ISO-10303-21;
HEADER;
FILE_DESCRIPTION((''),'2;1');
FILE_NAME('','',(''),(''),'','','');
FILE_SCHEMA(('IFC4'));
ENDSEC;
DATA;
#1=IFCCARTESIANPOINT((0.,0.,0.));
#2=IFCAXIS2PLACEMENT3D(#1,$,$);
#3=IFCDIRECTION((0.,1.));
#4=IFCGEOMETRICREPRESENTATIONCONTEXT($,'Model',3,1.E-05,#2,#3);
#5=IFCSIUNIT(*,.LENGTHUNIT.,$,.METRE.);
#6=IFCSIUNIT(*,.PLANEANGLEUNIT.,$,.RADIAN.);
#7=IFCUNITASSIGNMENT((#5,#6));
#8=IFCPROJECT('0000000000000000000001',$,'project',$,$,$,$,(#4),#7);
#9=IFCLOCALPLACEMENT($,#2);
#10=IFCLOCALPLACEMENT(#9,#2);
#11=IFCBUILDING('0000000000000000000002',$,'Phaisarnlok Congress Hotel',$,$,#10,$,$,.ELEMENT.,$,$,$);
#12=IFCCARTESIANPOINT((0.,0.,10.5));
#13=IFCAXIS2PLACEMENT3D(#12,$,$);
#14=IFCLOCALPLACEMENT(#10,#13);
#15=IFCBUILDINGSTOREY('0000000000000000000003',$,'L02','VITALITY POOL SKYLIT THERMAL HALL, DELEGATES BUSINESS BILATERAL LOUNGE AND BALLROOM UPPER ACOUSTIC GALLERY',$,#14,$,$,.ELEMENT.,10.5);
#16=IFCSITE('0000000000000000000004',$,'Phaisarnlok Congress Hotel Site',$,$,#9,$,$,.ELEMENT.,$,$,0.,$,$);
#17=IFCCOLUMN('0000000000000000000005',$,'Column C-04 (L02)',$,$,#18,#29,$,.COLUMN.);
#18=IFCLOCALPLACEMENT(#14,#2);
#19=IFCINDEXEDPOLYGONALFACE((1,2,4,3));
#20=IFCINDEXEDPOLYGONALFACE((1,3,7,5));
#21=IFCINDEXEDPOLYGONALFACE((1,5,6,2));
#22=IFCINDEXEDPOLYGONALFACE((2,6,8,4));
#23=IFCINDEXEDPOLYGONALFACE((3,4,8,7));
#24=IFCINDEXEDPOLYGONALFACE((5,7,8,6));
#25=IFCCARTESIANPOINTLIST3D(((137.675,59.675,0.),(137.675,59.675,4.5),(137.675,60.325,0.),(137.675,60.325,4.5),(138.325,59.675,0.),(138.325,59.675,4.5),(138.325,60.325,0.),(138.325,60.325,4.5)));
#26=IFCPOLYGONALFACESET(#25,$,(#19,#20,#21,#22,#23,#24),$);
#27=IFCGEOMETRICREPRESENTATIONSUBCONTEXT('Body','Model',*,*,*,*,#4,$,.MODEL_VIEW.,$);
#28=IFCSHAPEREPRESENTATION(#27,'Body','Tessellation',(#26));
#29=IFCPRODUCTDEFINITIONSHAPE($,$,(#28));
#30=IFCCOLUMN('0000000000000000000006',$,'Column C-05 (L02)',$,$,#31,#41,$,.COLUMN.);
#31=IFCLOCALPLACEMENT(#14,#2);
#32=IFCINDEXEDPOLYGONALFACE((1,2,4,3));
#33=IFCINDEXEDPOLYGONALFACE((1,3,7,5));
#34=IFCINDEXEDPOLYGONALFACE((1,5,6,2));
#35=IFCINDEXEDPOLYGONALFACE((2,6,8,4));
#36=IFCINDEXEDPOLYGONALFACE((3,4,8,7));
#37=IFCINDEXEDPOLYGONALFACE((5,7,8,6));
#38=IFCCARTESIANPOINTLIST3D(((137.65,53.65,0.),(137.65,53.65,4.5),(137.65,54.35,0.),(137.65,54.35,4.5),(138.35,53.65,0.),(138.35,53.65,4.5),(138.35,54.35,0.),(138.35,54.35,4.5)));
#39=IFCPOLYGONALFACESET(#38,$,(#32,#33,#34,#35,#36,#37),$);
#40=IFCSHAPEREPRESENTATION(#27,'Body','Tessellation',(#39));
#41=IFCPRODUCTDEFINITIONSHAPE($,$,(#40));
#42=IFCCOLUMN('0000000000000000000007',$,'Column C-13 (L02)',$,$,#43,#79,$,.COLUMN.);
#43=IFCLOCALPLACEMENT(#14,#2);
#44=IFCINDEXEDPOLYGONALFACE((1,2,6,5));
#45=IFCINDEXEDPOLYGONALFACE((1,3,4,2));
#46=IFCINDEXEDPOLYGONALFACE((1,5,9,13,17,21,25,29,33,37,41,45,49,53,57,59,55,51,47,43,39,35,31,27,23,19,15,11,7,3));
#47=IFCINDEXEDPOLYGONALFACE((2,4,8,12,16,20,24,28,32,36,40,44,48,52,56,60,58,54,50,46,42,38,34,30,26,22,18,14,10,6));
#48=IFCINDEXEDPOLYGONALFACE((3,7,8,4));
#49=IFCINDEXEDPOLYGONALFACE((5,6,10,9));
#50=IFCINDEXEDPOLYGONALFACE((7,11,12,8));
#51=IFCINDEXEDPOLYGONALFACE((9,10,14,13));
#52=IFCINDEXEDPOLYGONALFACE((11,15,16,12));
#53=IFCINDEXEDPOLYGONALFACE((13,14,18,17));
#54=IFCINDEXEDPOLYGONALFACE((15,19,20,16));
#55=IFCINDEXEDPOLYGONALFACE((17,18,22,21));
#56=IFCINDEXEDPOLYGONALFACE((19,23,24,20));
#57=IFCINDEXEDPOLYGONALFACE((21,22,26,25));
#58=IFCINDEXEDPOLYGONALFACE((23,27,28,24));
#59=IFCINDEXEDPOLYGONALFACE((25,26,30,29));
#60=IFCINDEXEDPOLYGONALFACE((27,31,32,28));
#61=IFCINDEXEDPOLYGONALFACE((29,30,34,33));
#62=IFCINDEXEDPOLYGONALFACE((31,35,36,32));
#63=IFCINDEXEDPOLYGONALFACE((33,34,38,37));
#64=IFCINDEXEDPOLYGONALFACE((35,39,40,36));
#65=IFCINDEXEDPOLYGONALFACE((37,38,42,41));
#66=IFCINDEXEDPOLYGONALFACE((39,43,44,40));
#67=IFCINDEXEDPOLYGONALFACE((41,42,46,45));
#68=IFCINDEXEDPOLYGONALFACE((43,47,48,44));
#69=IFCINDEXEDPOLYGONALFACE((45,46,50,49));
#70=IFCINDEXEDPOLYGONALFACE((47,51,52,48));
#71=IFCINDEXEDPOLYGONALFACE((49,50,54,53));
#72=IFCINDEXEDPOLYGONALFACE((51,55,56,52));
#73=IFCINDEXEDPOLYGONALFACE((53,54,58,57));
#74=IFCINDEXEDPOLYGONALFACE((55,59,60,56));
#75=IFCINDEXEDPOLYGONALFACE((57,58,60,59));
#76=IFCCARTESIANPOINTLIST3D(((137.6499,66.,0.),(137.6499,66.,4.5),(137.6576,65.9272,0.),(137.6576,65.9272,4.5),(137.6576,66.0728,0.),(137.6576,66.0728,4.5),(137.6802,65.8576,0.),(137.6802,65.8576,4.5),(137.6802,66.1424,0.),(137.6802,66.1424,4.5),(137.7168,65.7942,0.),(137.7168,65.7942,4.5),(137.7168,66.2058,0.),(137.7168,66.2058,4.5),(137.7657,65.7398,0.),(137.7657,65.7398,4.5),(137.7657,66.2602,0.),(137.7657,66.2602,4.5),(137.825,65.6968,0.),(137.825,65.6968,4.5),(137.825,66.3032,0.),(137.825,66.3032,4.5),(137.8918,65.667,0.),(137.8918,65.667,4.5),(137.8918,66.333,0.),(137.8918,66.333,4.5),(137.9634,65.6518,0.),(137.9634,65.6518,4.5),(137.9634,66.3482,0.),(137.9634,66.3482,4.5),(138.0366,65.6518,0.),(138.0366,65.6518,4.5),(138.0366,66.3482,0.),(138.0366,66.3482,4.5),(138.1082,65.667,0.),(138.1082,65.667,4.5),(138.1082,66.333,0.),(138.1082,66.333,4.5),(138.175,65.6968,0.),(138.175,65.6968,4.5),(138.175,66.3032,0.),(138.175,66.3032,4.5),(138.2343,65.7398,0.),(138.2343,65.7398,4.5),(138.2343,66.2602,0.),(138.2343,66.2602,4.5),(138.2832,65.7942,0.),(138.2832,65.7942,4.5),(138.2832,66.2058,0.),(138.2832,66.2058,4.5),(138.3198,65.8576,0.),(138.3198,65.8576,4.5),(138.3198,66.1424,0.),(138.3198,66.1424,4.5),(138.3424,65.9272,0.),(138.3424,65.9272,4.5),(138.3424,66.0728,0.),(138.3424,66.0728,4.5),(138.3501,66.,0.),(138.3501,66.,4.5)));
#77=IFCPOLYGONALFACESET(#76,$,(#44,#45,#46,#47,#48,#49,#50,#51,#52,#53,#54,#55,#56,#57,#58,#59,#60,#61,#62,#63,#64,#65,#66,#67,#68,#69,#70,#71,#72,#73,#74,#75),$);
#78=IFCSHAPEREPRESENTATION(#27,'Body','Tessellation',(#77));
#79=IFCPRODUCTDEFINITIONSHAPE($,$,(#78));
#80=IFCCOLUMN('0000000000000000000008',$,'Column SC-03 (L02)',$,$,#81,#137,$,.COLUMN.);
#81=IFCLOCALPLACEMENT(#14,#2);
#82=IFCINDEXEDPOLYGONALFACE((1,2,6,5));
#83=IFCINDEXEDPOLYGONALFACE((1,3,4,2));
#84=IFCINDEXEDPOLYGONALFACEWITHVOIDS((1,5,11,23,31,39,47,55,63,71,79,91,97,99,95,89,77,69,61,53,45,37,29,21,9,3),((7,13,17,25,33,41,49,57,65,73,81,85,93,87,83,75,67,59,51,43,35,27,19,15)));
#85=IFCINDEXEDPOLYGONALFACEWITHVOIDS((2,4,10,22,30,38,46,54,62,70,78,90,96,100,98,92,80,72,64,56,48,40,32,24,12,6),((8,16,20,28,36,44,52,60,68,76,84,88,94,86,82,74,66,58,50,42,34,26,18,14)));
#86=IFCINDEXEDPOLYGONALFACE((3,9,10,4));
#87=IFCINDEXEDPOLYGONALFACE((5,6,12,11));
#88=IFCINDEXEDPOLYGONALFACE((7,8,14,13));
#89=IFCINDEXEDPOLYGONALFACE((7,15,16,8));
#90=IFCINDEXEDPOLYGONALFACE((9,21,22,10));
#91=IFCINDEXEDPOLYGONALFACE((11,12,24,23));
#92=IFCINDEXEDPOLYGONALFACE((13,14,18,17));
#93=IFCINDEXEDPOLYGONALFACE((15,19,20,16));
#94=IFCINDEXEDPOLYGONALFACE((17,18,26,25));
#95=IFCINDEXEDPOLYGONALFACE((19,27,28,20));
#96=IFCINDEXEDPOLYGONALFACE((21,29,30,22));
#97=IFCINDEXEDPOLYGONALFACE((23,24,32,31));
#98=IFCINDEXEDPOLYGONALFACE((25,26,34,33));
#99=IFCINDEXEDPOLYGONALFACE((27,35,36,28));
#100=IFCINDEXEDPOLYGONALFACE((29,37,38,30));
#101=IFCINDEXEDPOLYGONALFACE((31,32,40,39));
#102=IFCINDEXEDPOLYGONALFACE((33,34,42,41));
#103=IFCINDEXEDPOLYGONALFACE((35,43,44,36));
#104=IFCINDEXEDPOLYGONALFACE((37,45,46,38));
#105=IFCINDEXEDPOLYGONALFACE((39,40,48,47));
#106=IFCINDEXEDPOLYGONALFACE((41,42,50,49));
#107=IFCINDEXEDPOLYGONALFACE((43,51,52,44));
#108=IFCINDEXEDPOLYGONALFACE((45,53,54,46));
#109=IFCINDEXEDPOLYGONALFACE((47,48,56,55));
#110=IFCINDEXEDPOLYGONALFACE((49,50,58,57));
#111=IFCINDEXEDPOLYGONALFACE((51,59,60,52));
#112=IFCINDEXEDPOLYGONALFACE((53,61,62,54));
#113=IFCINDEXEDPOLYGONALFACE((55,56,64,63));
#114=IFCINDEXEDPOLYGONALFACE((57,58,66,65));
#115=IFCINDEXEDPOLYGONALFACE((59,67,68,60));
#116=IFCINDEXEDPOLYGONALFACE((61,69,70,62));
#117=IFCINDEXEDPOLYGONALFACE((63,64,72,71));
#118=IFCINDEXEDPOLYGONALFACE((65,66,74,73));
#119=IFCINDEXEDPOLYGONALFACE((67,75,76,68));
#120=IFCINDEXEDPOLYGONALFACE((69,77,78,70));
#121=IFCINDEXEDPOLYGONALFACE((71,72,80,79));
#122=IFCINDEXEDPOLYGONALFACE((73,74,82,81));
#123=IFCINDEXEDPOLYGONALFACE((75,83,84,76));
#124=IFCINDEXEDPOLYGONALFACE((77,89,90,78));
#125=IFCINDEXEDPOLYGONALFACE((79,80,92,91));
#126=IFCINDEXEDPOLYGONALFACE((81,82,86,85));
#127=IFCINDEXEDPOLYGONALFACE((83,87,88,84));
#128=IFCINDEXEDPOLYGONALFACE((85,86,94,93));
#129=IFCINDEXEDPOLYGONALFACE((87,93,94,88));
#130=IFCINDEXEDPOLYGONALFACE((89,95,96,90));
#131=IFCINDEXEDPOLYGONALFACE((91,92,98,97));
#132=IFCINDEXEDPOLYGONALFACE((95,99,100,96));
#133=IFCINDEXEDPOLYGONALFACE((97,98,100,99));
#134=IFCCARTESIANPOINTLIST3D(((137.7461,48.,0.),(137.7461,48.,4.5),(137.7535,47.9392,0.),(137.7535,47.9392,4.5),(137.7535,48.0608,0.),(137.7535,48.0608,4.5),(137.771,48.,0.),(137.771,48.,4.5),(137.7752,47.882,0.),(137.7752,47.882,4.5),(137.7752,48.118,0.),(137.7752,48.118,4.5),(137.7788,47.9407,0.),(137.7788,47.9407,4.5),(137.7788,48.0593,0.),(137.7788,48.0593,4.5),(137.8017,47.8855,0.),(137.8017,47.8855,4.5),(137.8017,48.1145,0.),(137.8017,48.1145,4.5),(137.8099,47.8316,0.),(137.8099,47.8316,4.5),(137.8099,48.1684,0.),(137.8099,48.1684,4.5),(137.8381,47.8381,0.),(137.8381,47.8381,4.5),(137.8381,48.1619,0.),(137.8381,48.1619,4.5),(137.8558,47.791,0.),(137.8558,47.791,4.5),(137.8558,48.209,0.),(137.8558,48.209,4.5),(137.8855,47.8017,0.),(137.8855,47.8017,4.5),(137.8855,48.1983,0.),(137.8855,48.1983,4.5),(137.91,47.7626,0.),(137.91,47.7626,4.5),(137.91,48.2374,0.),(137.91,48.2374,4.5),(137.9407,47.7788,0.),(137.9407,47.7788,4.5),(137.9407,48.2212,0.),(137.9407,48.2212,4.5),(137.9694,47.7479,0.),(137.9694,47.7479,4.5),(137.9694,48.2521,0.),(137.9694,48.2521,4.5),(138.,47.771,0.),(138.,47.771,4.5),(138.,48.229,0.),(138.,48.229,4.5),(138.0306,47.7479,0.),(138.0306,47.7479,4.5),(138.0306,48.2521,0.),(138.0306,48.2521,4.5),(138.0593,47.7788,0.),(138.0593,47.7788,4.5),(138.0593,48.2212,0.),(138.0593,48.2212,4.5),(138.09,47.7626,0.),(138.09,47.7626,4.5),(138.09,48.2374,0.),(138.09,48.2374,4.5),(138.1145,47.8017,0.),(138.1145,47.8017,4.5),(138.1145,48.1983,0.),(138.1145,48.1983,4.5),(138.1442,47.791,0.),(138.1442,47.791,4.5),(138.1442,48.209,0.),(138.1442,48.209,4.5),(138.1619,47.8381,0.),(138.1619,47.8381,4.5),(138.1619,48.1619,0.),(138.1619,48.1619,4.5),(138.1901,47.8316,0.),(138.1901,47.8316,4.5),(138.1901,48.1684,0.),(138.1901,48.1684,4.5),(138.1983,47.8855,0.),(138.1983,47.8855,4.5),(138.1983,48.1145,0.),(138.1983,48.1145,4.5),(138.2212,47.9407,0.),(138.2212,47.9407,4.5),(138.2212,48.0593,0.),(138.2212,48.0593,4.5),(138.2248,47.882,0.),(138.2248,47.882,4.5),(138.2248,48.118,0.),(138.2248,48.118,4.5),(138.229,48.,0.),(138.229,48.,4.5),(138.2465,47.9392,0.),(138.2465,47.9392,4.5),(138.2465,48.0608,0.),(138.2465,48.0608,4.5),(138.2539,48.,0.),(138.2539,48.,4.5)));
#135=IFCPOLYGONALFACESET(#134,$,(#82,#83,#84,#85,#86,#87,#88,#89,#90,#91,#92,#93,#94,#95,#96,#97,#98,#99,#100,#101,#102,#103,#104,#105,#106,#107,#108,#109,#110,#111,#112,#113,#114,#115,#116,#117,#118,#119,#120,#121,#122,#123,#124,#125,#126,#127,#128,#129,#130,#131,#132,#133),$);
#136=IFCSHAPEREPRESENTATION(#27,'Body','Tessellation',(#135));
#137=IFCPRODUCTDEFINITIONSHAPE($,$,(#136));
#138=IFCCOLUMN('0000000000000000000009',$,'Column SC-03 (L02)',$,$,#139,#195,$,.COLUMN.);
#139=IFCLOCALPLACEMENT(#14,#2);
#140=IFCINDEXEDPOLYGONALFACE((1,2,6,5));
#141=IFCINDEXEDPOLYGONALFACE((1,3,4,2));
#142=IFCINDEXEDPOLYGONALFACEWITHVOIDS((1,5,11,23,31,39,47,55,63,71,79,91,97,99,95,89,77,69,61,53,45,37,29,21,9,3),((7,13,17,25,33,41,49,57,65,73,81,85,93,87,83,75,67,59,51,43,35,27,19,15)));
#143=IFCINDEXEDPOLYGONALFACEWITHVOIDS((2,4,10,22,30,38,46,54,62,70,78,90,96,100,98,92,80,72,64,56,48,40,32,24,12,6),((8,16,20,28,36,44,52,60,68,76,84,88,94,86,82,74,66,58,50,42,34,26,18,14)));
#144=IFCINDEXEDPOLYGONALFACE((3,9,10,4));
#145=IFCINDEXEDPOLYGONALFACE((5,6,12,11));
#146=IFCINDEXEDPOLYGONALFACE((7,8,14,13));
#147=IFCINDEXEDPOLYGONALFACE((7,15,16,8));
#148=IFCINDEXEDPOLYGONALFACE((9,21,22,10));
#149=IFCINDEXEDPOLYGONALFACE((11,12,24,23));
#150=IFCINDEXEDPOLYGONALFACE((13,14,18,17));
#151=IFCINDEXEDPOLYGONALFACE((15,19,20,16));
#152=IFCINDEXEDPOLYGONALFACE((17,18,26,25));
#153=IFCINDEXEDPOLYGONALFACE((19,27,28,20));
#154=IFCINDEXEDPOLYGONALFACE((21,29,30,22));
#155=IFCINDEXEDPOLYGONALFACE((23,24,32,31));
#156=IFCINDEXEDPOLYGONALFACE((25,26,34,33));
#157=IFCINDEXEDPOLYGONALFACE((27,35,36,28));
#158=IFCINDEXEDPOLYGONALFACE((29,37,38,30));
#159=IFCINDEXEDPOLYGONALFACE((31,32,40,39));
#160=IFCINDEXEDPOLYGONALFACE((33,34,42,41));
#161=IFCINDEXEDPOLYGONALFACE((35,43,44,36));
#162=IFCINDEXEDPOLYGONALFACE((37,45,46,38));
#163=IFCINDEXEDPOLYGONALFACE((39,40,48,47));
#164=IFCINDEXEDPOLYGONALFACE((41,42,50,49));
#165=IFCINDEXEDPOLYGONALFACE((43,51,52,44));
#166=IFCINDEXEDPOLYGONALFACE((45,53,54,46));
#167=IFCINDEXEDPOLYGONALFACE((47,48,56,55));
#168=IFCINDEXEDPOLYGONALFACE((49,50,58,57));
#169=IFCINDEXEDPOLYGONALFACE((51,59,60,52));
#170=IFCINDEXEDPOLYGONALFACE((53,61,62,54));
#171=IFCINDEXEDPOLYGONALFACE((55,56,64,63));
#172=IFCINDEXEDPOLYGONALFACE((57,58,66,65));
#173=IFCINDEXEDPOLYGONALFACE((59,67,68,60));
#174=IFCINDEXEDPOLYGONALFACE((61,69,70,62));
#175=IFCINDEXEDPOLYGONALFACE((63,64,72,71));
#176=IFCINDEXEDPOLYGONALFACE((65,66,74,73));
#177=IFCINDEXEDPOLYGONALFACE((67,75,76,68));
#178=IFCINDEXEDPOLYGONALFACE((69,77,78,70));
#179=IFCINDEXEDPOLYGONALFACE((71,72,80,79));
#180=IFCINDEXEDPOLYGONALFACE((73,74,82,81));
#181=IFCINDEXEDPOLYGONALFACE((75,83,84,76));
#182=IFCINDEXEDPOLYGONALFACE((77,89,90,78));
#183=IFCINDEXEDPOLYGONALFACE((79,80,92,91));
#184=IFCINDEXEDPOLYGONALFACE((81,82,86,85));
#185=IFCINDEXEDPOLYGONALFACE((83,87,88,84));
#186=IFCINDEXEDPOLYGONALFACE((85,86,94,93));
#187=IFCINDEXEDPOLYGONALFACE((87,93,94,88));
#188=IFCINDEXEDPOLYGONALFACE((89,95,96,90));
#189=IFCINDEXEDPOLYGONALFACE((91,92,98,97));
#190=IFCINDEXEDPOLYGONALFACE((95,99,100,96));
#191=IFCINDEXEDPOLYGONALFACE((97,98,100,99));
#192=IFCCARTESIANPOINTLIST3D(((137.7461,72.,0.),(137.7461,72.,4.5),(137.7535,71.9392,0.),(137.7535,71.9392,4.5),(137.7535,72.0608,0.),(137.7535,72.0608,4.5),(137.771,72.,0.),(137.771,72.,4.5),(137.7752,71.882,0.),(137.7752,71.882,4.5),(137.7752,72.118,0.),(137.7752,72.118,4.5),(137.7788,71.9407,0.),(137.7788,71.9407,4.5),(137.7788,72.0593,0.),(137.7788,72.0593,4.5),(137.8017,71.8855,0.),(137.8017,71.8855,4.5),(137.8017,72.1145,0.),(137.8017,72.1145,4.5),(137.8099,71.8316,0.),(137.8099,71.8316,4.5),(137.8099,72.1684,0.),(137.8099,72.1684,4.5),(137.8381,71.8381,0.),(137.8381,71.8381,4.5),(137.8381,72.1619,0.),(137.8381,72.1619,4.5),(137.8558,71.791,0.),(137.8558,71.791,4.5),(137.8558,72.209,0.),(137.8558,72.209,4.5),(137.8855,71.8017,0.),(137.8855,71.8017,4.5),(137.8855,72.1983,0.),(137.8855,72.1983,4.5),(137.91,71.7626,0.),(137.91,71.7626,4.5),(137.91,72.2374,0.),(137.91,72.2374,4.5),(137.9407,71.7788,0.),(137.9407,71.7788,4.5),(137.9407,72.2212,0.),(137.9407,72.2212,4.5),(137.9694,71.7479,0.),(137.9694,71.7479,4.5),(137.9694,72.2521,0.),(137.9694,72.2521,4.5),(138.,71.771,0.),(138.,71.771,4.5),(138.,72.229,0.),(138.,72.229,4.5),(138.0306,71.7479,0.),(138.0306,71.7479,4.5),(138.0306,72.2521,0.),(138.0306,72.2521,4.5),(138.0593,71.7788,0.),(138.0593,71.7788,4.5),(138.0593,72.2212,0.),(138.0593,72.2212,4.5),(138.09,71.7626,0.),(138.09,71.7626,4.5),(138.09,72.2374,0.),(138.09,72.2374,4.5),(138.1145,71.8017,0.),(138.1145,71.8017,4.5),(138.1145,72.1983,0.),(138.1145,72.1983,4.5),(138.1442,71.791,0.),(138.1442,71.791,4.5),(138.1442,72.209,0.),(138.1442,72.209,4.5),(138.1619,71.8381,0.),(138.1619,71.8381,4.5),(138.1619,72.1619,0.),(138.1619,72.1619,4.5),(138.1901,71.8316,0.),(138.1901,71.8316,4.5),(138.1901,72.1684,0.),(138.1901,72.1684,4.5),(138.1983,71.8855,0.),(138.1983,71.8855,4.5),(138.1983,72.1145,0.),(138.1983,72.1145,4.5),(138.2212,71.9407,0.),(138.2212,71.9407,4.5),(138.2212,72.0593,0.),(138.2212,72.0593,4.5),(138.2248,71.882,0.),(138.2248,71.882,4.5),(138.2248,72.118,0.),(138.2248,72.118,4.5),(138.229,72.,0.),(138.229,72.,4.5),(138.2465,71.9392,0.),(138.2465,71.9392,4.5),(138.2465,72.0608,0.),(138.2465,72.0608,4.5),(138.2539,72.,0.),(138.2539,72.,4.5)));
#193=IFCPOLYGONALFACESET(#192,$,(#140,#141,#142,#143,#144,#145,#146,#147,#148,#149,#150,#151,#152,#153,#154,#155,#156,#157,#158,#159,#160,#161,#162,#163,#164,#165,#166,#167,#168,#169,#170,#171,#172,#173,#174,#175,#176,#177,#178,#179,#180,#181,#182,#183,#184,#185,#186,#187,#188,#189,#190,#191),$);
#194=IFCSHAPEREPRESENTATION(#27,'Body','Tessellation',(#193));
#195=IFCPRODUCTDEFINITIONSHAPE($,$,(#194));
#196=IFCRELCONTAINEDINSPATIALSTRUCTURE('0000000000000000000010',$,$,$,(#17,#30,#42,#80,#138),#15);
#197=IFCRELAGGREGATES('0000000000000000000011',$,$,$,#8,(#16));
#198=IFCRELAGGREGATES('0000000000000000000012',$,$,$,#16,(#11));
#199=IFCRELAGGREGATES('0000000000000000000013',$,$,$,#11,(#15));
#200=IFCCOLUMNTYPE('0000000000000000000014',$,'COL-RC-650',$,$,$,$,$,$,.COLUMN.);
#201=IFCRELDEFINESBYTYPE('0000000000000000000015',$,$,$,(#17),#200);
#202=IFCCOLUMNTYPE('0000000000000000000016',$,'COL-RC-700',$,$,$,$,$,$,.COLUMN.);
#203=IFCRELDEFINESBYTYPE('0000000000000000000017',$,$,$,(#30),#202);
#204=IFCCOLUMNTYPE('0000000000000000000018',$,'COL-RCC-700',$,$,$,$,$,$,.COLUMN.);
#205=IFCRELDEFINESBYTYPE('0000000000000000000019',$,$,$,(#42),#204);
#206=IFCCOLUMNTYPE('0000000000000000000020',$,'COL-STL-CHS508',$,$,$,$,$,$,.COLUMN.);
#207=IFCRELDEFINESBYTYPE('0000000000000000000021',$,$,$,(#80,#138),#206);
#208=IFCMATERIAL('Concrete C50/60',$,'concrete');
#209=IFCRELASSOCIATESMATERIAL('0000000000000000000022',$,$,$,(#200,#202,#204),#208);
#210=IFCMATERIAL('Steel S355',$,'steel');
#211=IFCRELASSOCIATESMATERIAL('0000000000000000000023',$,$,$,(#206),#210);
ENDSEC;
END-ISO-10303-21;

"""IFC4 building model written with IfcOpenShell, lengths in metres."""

from ifc_helpers import new_model, si_unit, direction, frame, origin, origin_2d, place, context, subcontext, project, spatial, rectangle, circle, hollow_circle, extrude, material, material_profile, profile_set, type_object, element, save


model = new_model("IFC4")

# Units and contexts
model_context = context("Model", 3, precision=1e-05, world=origin(), true_north=direction((0.0, 1.0)))
body_context = subcontext(model_context, "Body", "Model", "MODEL_VIEW")
ifc_project = project(units=[si_unit("LENGTHUNIT", "METRE"), si_unit("PLANEANGLEUNIT", "RADIAN")], contexts=[model_context])

# Site, building, storey
site_placement = place(None, origin())
site = spatial("IfcSite", under=ifc_project, at=site_placement, Name="Phaisarnlok Congress Hotel Site", CompositionType="ELEMENT", RefElevation=0.0)
building_placement = place(site_placement, origin())
building = spatial("IfcBuilding", under=site, at=building_placement, Name="Phaisarnlok Congress Hotel", CompositionType="ELEMENT")
storey_placement = place(building_placement, frame((0.0, 0.0, 10.5)))
storey = spatial("IfcBuildingStorey", under=building, at=storey_placement, Name="L02", Description="VITALITY POOL SKYLIT THERMAL HALL, DELEGATES BUSINESS BILATERAL LOUNGE AND BALLROOM UPPER ACOUSTIC GALLERY", CompositionType="ELEMENT", Elevation=10.5)

# Columns
ifc_material_1 = material(Name="Concrete C50/60", Category="concrete")
ifc_material_profile_1 = material_profile(ifc_material_1, rectangle(XDim=0.6499, YDim=0.6499, at=origin_2d()), Name="RC 650x650")
ifc_profile_set_1 = profile_set([ifc_material_profile_1], Name="Concrete C50/60")
column_type_1 = type_object("IfcColumnType", Name="COL-RC-650", PredefinedType="COLUMN", material=ifc_profile_set_1)
column_1_placement = place(storey_placement, frame((138.0, 60.0, 0.0), z_axis=(0.0, 0.0, 1.0), x_axis=(1.0, 0.0, 0.0)))
element("IfcColumn", 1, at=column_1_placement, inside=storey, type_object=column_type_1, Name="Column C-04 (L02)", PredefinedType="COLUMN", context=body_context, shape_type="SweptSolid", body=[
    extrude(rectangle(XDim=0.6499, YDim=0.6499, at=origin_2d()), origin(), (0.0, 0.0, 1.0), 4.5),
])
ifc_material_profile_2 = material_profile(ifc_material_1, rectangle(XDim=0.7, YDim=0.7, at=origin_2d()), Name="RC 700x700")
ifc_profile_set_2 = profile_set([ifc_material_profile_2], Name="Concrete C50/60")
column_type_2 = type_object("IfcColumnType", Name="COL-RC-700", PredefinedType="COLUMN", material=ifc_profile_set_2)
column_2_placement = place(storey_placement, frame((138.0, 54.0, 0.0), z_axis=(0.0, 0.0, 1.0), x_axis=(1.0, 0.0, 0.0)))
element("IfcColumn", 2, at=column_2_placement, inside=storey, type_object=column_type_2, Name="Column C-05 (L02)", PredefinedType="COLUMN", context=body_context, shape_type="SweptSolid", body=[
    extrude(rectangle(XDim=0.7, YDim=0.7, at=origin_2d()), origin(), (0.0, 0.0, 1.0), 4.5),
])
ifc_material_profile_3 = material_profile(ifc_material_1, circle(Radius=0.3501, at=origin_2d()), Name="RCC D700")
ifc_profile_set_3 = profile_set([ifc_material_profile_3], Name="Concrete C50/60")
column_type_3 = type_object("IfcColumnType", Name="COL-RCC-700", PredefinedType="COLUMN", material=ifc_profile_set_3)
column_3_placement = place(storey_placement, frame((138.0, 66.0, 0.0), z_axis=(0.0, 0.0, 1.0), x_axis=(1.0, 0.0, 0.0)))
element("IfcColumn", 3, at=column_3_placement, inside=storey, type_object=column_type_3, Name="Column C-13 (L02)", PredefinedType="COLUMN", context=body_context, shape_type="SweptSolid", body=[
    extrude(circle(Radius=0.3501, at=origin_2d()), origin(), (0.0, 0.0, 1.0), 4.5),
])
ifc_material_2 = material(Name="Steel S355", Category="steel")
ifc_material_profile_4 = material_profile(ifc_material_2, hollow_circle(Radius=0.2539, WallThickness=0.0249, at=origin_2d()), Name="CHS 508x25")
ifc_profile_set_4 = profile_set([ifc_material_profile_4], Name="Steel S355")
column_type_4 = type_object("IfcColumnType", Name="COL-STL-CHS508", PredefinedType="COLUMN", material=ifc_profile_set_4)
for number, where, z_axis, x_axis, name in (
    (4, (138.0, 48.0, 0.0), (0.0, 0.0, 1.0), (1.0, 0.0, 0.0), "Column SC-03 (L02)"),
    (5, (138.0, 72.0, 0.0), (0.0, 0.0, 1.0), (1.0, 0.0, 0.0), "Column SC-03 (L02)"),
):
    element("IfcColumn", number, at=place(storey_placement, frame(where, z_axis=z_axis, x_axis=x_axis)), inside=storey, type_object=column_type_4, Name=name, PredefinedType="COLUMN", context=body_context, shape_type="SweptSolid", body=[
        extrude(hollow_circle(Radius=0.2539, WallThickness=0.0249, at=origin_2d()), origin(), (0.0, 0.0, 1.0), 4.5),
    ])

save(model, "model.ifc")
